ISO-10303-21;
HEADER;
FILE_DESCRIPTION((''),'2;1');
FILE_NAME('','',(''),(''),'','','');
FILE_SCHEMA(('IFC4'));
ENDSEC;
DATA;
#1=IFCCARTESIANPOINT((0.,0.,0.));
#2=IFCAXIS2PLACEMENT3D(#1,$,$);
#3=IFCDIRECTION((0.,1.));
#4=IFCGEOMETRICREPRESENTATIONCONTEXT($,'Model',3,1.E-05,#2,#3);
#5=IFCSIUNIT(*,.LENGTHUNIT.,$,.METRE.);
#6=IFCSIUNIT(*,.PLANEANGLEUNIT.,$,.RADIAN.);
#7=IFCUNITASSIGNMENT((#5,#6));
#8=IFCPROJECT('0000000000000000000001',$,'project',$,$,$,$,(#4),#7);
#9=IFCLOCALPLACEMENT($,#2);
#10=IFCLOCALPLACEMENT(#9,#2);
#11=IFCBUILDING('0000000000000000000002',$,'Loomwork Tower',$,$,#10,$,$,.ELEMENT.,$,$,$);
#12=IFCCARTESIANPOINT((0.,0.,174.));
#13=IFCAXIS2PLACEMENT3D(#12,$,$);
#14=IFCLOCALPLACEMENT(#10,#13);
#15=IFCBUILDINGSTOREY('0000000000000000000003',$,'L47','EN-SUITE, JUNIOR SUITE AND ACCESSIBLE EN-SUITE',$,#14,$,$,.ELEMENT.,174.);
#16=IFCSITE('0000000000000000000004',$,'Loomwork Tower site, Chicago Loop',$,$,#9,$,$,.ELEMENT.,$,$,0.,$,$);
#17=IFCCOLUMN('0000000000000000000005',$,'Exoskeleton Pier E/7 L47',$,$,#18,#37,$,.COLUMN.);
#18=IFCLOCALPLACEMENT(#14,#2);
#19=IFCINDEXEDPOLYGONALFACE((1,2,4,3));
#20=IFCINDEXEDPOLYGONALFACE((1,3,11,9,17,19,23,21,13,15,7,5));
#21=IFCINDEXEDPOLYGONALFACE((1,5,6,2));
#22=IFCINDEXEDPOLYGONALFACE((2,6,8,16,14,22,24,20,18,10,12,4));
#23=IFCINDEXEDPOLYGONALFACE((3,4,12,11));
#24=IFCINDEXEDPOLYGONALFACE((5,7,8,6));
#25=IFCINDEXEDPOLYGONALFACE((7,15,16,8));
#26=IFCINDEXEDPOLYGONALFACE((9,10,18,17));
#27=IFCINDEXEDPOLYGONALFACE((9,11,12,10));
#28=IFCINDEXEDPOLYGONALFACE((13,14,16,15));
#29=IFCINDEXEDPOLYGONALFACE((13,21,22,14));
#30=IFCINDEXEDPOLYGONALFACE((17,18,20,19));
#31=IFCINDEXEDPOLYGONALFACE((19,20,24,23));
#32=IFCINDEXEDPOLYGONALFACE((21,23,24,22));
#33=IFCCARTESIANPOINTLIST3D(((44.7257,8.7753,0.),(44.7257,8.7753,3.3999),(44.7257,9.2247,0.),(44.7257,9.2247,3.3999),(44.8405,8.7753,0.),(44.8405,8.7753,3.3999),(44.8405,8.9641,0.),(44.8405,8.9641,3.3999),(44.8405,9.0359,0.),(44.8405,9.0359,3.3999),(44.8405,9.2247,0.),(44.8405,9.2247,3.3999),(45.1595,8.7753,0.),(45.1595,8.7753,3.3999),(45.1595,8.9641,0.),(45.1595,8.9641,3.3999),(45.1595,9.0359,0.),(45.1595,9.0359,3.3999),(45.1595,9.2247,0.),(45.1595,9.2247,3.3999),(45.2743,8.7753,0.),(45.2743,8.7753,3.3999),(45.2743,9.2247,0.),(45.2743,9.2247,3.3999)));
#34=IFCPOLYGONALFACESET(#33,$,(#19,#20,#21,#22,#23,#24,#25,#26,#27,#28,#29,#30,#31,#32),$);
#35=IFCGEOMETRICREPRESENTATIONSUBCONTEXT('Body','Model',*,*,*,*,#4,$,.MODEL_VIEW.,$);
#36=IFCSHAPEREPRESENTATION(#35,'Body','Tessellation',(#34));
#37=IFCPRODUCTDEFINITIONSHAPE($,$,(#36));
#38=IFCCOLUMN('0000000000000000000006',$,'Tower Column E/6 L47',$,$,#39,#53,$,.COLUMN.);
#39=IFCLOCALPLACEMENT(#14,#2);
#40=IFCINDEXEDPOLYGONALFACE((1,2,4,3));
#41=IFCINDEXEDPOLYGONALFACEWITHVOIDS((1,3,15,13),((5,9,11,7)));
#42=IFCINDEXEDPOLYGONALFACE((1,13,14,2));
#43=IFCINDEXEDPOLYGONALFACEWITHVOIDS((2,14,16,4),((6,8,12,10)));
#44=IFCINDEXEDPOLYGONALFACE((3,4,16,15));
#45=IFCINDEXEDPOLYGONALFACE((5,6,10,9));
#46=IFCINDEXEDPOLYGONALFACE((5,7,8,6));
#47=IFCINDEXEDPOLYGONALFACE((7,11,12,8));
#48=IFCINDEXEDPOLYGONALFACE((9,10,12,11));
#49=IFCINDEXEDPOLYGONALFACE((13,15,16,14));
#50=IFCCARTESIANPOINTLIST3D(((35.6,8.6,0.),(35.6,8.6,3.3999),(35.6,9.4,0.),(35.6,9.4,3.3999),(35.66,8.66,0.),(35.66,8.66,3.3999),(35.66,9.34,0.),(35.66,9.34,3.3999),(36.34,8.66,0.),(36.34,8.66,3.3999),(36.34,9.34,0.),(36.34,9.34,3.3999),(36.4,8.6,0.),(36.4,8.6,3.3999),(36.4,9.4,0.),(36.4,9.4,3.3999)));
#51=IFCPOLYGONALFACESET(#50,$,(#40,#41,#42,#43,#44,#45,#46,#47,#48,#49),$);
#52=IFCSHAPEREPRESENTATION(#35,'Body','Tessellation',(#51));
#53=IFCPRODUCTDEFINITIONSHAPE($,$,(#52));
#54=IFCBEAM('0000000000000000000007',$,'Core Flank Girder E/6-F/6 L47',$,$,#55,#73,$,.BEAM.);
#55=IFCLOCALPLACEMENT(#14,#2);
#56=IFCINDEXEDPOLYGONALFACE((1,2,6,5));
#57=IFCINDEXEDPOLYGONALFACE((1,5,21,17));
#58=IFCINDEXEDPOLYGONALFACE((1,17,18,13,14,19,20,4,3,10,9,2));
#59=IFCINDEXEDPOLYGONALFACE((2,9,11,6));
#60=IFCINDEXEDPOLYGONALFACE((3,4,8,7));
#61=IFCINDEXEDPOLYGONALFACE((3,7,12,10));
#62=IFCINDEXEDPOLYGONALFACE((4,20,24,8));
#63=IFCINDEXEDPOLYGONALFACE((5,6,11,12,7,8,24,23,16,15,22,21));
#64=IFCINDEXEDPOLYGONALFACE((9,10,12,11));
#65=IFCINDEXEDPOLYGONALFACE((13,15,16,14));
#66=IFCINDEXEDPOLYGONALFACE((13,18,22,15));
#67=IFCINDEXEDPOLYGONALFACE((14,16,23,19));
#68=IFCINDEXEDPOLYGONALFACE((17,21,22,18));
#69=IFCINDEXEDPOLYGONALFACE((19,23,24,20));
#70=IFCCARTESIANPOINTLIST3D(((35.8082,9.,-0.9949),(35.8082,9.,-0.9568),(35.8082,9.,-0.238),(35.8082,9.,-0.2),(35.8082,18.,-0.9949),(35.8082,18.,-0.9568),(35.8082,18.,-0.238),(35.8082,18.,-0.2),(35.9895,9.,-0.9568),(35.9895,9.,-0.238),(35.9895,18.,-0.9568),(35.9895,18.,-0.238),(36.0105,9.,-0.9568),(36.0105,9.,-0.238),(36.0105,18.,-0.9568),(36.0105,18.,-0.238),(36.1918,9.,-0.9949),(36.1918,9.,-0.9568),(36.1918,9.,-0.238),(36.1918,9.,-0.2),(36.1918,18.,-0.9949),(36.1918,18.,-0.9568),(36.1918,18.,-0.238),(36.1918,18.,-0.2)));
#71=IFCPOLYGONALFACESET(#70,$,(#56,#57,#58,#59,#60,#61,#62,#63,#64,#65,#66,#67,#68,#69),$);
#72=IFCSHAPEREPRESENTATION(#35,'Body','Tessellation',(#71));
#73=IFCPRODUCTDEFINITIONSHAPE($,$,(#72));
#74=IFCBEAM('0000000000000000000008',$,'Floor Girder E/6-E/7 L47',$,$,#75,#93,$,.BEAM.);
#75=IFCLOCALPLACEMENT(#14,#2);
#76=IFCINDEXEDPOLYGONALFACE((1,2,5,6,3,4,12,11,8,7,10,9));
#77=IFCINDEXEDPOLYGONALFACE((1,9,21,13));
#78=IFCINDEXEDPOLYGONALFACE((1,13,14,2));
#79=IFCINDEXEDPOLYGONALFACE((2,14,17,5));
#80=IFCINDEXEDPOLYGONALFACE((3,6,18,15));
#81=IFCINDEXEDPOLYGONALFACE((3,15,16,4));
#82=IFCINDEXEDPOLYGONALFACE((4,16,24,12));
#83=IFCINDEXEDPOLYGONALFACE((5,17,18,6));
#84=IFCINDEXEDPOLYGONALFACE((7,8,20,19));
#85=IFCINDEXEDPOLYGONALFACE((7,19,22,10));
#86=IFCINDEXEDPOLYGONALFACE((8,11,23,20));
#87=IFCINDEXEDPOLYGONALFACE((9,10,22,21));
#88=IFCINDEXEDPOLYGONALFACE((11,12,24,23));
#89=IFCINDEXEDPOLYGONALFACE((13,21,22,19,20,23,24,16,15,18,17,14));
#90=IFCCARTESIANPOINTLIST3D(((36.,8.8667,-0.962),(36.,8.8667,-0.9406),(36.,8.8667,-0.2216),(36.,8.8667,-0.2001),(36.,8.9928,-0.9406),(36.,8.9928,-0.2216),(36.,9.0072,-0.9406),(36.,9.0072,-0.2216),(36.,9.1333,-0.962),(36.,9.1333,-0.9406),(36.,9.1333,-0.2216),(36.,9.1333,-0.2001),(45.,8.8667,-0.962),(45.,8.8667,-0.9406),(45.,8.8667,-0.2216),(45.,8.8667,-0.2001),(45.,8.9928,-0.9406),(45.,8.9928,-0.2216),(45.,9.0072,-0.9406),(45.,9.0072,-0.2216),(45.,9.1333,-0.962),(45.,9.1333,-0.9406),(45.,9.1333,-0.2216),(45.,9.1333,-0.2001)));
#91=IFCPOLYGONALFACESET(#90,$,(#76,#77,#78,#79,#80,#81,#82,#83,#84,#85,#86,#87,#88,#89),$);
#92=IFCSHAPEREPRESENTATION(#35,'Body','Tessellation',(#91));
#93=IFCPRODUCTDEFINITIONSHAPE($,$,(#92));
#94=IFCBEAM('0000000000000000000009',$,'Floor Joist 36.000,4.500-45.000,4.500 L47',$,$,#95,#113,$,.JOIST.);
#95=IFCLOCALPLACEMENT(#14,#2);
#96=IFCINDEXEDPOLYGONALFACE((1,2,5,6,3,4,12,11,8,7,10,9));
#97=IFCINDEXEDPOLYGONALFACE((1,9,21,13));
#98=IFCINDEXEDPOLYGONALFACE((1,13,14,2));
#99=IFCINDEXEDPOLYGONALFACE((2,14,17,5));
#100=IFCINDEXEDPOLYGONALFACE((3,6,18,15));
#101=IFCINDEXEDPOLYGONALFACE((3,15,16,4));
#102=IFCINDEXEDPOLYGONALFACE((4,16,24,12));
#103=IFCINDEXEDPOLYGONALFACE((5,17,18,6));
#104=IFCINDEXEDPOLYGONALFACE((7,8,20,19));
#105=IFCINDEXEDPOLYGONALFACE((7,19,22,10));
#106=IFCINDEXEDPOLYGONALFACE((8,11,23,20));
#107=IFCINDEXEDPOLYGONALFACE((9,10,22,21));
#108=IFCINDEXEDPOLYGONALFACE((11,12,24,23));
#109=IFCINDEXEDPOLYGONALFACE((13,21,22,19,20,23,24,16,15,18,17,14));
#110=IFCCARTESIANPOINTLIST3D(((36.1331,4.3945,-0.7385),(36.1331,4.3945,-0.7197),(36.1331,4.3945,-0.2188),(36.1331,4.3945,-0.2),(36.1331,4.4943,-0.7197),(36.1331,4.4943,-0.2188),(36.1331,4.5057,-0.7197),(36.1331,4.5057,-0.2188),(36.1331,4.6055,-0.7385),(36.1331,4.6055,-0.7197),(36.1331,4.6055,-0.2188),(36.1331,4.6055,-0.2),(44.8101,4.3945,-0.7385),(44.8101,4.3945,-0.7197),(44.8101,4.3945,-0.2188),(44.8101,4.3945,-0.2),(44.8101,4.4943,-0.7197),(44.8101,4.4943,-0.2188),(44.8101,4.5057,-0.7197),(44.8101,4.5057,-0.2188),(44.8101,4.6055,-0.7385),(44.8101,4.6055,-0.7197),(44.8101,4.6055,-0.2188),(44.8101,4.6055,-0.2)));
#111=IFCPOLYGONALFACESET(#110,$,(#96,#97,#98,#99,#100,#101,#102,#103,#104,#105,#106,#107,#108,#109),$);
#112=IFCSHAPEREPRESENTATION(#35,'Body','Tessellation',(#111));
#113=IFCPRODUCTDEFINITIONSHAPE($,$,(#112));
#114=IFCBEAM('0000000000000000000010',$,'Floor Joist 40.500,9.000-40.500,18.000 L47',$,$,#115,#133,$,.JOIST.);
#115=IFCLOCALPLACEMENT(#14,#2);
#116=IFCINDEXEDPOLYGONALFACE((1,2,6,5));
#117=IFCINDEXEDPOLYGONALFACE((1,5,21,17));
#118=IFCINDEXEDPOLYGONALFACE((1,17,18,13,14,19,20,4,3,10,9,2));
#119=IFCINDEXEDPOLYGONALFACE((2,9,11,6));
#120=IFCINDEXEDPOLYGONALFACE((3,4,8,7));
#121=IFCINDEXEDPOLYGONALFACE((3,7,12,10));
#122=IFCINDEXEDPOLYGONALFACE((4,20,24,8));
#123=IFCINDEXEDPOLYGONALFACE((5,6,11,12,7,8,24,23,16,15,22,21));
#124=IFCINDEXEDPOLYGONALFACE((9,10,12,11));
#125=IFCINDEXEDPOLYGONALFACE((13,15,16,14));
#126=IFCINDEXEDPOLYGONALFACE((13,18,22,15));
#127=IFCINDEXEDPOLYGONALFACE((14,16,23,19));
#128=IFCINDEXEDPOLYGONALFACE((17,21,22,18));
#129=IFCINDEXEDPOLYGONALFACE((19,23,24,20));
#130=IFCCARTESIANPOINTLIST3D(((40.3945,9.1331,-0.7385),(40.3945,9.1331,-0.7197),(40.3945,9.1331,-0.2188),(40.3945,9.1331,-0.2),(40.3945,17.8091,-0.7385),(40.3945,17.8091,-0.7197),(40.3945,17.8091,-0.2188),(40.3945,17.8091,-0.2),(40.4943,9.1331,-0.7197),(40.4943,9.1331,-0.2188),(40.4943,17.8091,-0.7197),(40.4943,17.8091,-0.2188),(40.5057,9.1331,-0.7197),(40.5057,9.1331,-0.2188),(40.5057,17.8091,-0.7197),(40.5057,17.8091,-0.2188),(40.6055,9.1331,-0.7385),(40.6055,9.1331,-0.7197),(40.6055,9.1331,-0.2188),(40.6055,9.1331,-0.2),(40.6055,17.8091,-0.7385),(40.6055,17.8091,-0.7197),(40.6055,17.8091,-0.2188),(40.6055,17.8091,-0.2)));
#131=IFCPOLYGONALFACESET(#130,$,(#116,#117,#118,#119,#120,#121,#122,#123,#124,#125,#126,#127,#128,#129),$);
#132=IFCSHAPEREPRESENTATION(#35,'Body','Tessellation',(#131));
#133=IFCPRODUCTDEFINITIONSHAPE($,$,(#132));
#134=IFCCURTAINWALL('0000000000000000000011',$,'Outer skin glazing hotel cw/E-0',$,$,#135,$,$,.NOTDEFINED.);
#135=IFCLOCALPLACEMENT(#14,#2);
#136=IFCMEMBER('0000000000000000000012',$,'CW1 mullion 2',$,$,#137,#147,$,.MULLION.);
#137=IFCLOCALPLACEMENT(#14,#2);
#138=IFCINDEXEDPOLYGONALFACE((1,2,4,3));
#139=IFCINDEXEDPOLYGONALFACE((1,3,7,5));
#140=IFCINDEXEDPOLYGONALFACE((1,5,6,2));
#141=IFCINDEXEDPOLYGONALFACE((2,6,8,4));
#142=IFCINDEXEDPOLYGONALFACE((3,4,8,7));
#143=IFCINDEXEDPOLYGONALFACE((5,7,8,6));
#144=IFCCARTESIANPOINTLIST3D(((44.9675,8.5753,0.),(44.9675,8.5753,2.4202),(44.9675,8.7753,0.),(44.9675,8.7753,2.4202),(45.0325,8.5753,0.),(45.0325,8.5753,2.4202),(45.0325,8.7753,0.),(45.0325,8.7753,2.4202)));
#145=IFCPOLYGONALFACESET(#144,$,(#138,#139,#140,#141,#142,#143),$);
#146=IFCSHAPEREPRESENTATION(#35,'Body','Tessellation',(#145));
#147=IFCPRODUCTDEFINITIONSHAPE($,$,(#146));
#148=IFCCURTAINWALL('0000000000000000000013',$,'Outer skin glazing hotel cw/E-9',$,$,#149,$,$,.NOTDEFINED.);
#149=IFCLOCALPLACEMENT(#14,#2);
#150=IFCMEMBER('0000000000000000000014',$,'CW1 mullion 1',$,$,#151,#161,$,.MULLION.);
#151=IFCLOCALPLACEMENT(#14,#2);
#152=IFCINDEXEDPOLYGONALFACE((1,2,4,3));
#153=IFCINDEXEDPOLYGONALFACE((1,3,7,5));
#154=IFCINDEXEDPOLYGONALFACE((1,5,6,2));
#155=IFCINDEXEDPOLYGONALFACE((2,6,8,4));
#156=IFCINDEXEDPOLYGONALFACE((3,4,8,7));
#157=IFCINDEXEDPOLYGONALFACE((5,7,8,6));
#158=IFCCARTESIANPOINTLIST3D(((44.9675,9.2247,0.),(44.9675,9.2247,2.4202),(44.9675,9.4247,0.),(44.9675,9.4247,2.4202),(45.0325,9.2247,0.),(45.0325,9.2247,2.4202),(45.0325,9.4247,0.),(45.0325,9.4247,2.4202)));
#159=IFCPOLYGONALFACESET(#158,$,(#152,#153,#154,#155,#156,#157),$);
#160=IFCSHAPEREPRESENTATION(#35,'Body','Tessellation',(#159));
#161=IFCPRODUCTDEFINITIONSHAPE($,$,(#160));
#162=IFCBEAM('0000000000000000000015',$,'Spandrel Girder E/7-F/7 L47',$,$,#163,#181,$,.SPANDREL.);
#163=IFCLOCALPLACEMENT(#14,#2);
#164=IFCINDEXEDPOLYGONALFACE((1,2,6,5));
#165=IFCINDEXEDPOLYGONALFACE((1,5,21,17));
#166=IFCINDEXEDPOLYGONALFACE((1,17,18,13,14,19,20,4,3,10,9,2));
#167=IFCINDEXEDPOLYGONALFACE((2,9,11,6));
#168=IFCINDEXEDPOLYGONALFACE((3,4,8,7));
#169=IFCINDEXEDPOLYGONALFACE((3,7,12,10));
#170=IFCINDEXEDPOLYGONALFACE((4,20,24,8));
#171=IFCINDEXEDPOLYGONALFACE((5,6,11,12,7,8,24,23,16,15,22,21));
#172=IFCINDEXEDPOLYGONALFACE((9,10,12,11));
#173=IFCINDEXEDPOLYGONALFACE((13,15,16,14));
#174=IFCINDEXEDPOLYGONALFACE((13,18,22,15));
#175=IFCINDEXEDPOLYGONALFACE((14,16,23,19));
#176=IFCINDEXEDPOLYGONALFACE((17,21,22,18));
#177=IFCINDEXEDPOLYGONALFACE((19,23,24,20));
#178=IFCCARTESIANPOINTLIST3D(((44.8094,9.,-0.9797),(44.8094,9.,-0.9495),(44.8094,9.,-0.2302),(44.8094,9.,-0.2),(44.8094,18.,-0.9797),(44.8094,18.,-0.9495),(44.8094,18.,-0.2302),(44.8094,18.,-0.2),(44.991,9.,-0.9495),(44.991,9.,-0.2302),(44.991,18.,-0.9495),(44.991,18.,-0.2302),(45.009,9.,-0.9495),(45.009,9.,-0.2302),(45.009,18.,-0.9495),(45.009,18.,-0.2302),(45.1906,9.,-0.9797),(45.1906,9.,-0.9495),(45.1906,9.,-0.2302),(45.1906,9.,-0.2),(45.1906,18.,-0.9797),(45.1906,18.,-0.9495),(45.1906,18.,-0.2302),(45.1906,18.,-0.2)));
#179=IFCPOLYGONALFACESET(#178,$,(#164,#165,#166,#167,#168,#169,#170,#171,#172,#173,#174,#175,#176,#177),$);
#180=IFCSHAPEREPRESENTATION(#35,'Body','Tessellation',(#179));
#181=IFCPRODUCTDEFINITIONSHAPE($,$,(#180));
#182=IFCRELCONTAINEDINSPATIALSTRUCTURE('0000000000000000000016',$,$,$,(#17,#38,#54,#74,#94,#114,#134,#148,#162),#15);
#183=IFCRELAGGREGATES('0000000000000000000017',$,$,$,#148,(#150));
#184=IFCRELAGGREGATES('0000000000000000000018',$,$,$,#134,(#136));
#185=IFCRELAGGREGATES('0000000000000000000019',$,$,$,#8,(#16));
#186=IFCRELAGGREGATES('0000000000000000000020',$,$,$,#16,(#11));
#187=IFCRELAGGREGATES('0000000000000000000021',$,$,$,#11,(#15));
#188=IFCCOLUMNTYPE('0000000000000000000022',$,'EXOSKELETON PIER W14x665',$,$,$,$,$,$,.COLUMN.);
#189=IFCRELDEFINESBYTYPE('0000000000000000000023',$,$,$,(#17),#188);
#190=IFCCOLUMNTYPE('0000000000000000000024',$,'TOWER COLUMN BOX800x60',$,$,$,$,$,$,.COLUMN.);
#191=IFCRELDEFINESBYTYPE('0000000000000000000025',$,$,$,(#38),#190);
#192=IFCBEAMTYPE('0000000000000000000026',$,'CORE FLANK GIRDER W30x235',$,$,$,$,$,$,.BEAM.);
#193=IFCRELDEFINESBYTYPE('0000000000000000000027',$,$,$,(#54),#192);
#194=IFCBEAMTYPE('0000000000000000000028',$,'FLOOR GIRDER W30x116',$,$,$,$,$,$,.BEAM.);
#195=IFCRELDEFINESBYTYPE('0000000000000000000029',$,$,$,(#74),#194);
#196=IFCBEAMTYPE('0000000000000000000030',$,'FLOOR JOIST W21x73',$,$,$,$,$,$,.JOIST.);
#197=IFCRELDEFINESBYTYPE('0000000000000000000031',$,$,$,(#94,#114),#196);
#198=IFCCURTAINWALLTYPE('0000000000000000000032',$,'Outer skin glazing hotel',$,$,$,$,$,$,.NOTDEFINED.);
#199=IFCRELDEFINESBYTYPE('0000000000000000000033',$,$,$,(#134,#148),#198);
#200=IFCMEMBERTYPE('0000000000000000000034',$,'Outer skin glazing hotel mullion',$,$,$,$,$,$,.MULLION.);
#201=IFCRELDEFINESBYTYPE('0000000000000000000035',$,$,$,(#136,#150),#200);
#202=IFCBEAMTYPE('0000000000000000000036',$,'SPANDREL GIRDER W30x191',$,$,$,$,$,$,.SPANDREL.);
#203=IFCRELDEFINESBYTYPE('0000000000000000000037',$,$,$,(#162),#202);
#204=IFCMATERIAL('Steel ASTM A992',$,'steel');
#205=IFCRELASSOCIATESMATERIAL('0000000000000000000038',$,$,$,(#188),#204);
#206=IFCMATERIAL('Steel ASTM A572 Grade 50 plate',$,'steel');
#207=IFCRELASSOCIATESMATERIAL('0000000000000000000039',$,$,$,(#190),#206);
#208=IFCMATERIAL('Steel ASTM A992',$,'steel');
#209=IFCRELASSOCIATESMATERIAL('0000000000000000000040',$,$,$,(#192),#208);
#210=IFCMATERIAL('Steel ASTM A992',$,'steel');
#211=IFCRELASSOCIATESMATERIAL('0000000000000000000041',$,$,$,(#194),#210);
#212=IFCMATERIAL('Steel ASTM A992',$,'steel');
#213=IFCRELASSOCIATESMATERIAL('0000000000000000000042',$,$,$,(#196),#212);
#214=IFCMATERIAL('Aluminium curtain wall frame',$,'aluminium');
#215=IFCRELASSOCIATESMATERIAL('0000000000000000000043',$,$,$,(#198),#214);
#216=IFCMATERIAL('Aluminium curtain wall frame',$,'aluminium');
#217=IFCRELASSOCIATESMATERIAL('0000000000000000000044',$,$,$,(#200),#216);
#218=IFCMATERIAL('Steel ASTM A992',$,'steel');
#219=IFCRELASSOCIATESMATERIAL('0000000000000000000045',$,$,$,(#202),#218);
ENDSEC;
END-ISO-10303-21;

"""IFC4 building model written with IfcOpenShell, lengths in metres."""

from ifc_helpers import new_model, si_unit, direction, frame, origin, origin_2d, place, context, subcontext, project, spatial, rectangle, hollow_rectangle, i_section, extrude, material, material_profile, profile_set, type_object, element, aggregate, save


model = new_model("IFC4")

# Units and contexts
model_context = context("Model", 3, precision=1e-05, world=origin(), true_north=direction((0.0, 1.0)))
body_context = subcontext(model_context, "Body", "Model", "MODEL_VIEW")
ifc_project = project(units=[si_unit("LENGTHUNIT", "METRE"), si_unit("PLANEANGLEUNIT", "RADIAN")], contexts=[model_context])

# Site, building, storey
site_placement = place(None, origin())
site = spatial("IfcSite", under=ifc_project, at=site_placement, Name="Loomwork Tower site, Chicago Loop", CompositionType="ELEMENT", RefElevation=0.0)
building_placement = place(site_placement, origin())
building = spatial("IfcBuilding", under=site, at=building_placement, Name="Loomwork Tower", CompositionType="ELEMENT")
storey_placement = place(building_placement, frame((0.0, 0.0, 174.0)))
storey = spatial("IfcBuildingStorey", under=building, at=storey_placement, Name="L47", Description="EN-SUITE, JUNIOR SUITE AND ACCESSIBLE EN-SUITE", CompositionType="ELEMENT", Elevation=174.0)

# Columns
ifc_material_1 = material(Name="Steel ASTM A992", Category="steel")
ifc_material_profile_1 = material_profile(ifc_material_1, i_section(OverallWidth=0.4495, OverallDepth=0.5486, WebThickness=0.0718, FlangeThickness=0.1147, at=origin_2d()), Name="W14x665")
ifc_profile_set_1 = profile_set([ifc_material_profile_1], Name="Steel ASTM A992")
column_type_1 = type_object("IfcColumnType", Name="EXOSKELETON PIER W14x665", PredefinedType="COLUMN", material=ifc_profile_set_1)
column_1_placement = place(storey_placement, frame((45.0, 9.0, 0.0), z_axis=(0.0, 0.0, 1.0), x_axis=(0.0, 1.0, 0.0)))
element("IfcColumn", 1, at=column_1_placement, inside=storey, type_object=column_type_1, Name="Exoskeleton Pier E/7 L47", PredefinedType="COLUMN", context=body_context, shape_type="SweptSolid", body=[
    extrude(i_section(OverallWidth=0.4495, OverallDepth=0.5486, WebThickness=0.0718, FlangeThickness=0.1147, at=origin_2d()), origin(), (0.0, 0.0, 1.0), 3.3999),
])
ifc_material_2 = material(Name="Steel ASTM A572 Grade 50 plate", Category="steel")
ifc_material_profile_2 = material_profile(ifc_material_2, hollow_rectangle(XDim=0.8, YDim=0.8, WallThickness=0.0601, at=origin_2d()), Name="BOX800x60")
ifc_profile_set_2 = profile_set([ifc_material_profile_2], Name="Steel ASTM A572 Grade 50 plate")
column_type_2 = type_object("IfcColumnType", Name="TOWER COLUMN BOX800x60", PredefinedType="COLUMN", material=ifc_profile_set_2)
column_2_placement = place(storey_placement, frame((36.0, 9.0, 0.0), z_axis=(0.0, 0.0, 1.0), x_axis=(0.0, 1.0, 0.0)))
element("IfcColumn", 2, at=column_2_placement, inside=storey, type_object=column_type_2, Name="Tower Column E/6 L47", PredefinedType="COLUMN", context=body_context, shape_type="SweptSolid", body=[
    extrude(hollow_rectangle(XDim=0.8, YDim=0.8, WallThickness=0.0601, at=origin_2d()), origin(), (0.0, 0.0, 1.0), 3.3999),
])

# Beams
ifc_material_3 = material(Name="Steel ASTM A992", Category="steel")
ifc_material_profile_3 = material_profile(ifc_material_3, i_section(OverallWidth=0.3835, OverallDepth=0.7949, WebThickness=0.021, FlangeThickness=0.0381, at=origin_2d()), Name="W30x235")
ifc_profile_set_3 = profile_set([ifc_material_profile_3], Name="Steel ASTM A992")
beam_type_1 = type_object("IfcBeamType", Name="CORE FLANK GIRDER W30x235", PredefinedType="BEAM", material=ifc_profile_set_3)
beam_1_placement = place(storey_placement, frame((36.0, 9.0, -0.5974), z_axis=(0.0, 1.0, 0.0), x_axis=(-1.0, 0.0, 0.0)))
element("IfcBeam", 3, at=beam_1_placement, inside=storey, type_object=beam_type_1, Name="Core Flank Girder E/6-F/6 L47", PredefinedType="BEAM", context=body_context, shape_type="SweptSolid", body=[
    extrude(i_section(OverallWidth=0.3835, OverallDepth=0.7949, WebThickness=0.021, FlangeThickness=0.0381, at=origin_2d()), origin(), (0.0, 0.0, 1.0), 9.0),
])
ifc_material_4 = material(Name="Steel ASTM A992", Category="steel")
ifc_material_profile_4 = material_profile(ifc_material_4, i_section(OverallWidth=0.2666, OverallDepth=0.762, WebThickness=0.0144, FlangeThickness=0.0215, at=origin_2d()), Name="W30x116")
ifc_profile_set_4 = profile_set([ifc_material_profile_4], Name="Steel ASTM A992")
beam_type_2 = type_object("IfcBeamType", Name="FLOOR GIRDER W30x116", PredefinedType="BEAM", material=ifc_profile_set_4)
beam_2_placement = place(storey_placement, frame((36.0, 9.0, -0.5811), z_axis=(1.0, 0.0, 0.0), x_axis=(0.0, 1.0, 0.0)))
element("IfcBeam", 4, at=beam_2_placement, inside=storey, type_object=beam_type_2, Name="Floor Girder E/6-E/7 L47", PredefinedType="BEAM", context=body_context, shape_type="SweptSolid", body=[
    extrude(i_section(OverallWidth=0.2666, OverallDepth=0.762, WebThickness=0.0144, FlangeThickness=0.0215, at=origin_2d()), origin(), (0.0, 0.0, 1.0), 9.0),
])
ifc_material_5 = material(Name="Steel ASTM A992", Category="steel")
ifc_material_profile_5 = material_profile(ifc_material_5, i_section(OverallWidth=0.2109, OverallDepth=0.5386, WebThickness=0.0115, FlangeThickness=0.0188, at=origin_2d()), Name="W21x73")
ifc_profile_set_5 = profile_set([ifc_material_profile_5], Name="Steel ASTM A992")
beam_type_3 = type_object("IfcBeamType", Name="FLOOR JOIST W21x73", PredefinedType="JOIST", material=ifc_profile_set_5)
beam_3_placement = place(storey_placement, frame((36.1331, 4.5, -0.4692), z_axis=(1.0, 0.0, 0.0), x_axis=(0.0, 1.0, 0.0)))
element("IfcBeam", 5, at=beam_3_placement, inside=storey, type_object=beam_type_3, Name="Floor Joist 36.000,4.500-45.000,4.500 L47", PredefinedType="JOIST", context=body_context, shape_type="SweptSolid", body=[
    extrude(i_section(OverallWidth=0.2109, OverallDepth=0.5386, WebThickness=0.0115, FlangeThickness=0.0188, at=origin_2d()), origin(), (0.0, 0.0, 1.0), 8.677),
])
beam_4_placement = place(storey_placement, frame((40.5, 9.1331, -0.4692), z_axis=(0.0, 1.0, 0.0), x_axis=(-1.0, 0.0, 0.0)))
element("IfcBeam", 6, at=beam_4_placement, inside=storey, type_object=beam_type_3, Name="Floor Joist 40.500,9.000-40.500,18.000 L47", PredefinedType="JOIST", context=body_context, shape_type="SweptSolid", body=[
    extrude(i_section(OverallWidth=0.2109, OverallDepth=0.5386, WebThickness=0.0115, FlangeThickness=0.0188, at=origin_2d()), origin(), (0.0, 0.0, 1.0), 8.676),
])

# Curtain walls, members
ifc_material_6 = material(Name="Aluminium curtain wall frame", Category="aluminium")
curtain_wall_type = type_object("IfcCurtainWallType", Name="Outer skin glazing hotel", PredefinedType="NOTDEFINED", material=ifc_material_6)
curtain_wall_1_placement = place(storey_placement, origin())
curtain_wall_1 = element("IfcCurtainWall", 7, at=curtain_wall_1_placement, inside=storey, type_object=curtain_wall_type, Name="Outer skin glazing hotel cw/E-0", PredefinedType="NOTDEFINED")
ifc_material_7 = material(Name="Aluminium curtain wall frame", Category="aluminium")
ifc_material_profile_6 = material_profile(ifc_material_7, rectangle(XDim=0.0649, YDim=0.2, at=origin_2d()), Name="AL 65x200")
ifc_profile_set_6 = profile_set([ifc_material_profile_6], Name="Aluminium curtain wall frame")
member_type = type_object("IfcMemberType", Name="Outer skin glazing hotel mullion", PredefinedType="MULLION", material=ifc_profile_set_6)
member_1_placement = place(storey_placement, frame((45.0, 8.6753, 0.0), z_axis=(0.0, 0.0, 1.0), x_axis=(-1.0, 0.0, 0.0)))
member_1 = element("IfcMember", 8, at=member_1_placement, type_object=member_type, Name="CW1 mullion 2", PredefinedType="MULLION", context=body_context, shape_type="SweptSolid", body=[
    extrude(rectangle(XDim=0.0649, YDim=0.2, at=origin_2d()), origin(), (0.0, 0.0, 1.0), 2.4202),
])
curtain_wall_2_placement = place(storey_placement, origin())
curtain_wall_2 = element("IfcCurtainWall", 9, at=curtain_wall_2_placement, inside=storey, type_object=curtain_wall_type, Name="Outer skin glazing hotel cw/E-9", PredefinedType="NOTDEFINED")
member_2_placement = place(storey_placement, frame((45.0, 9.3247, 0.0), z_axis=(0.0, 0.0, 1.0), x_axis=(-1.0, 0.0, 0.0)))
member_2 = element("IfcMember", 10, at=member_2_placement, type_object=member_type, Name="CW1 mullion 1", PredefinedType="MULLION", context=body_context, shape_type="SweptSolid", body=[
    extrude(rectangle(XDim=0.0649, YDim=0.2, at=origin_2d()), origin(), (0.0, 0.0, 1.0), 2.4202),
])
aggregate(curtain_wall_2, [member_2])

# Beam
ifc_material_8 = material(Name="Steel ASTM A992", Category="steel")
ifc_material_profile_7 = material_profile(ifc_material_8, i_section(OverallWidth=0.3811, OverallDepth=0.7798, WebThickness=0.0181, FlangeThickness=0.0303, at=origin_2d()), Name="W30x191")
ifc_profile_set_7 = profile_set([ifc_material_profile_7], Name="Steel ASTM A992")
beam_type_4 = type_object("IfcBeamType", Name="SPANDREL GIRDER W30x191", PredefinedType="SPANDREL", material=ifc_profile_set_7)
beam_5_placement = place(storey_placement, frame((45.0, 9.0, -0.5898), z_axis=(0.0, 1.0, 0.0), x_axis=(-1.0, 0.0, 0.0)))
element("IfcBeam", 11, at=beam_5_placement, inside=storey, type_object=beam_type_4, Name="Spandrel Girder E/7-F/7 L47", PredefinedType="SPANDREL", context=body_context, shape_type="SweptSolid", body=[
    extrude(i_section(OverallWidth=0.3811, OverallDepth=0.7798, WebThickness=0.0181, FlangeThickness=0.0303, at=origin_2d()), origin(), (0.0, 0.0, 1.0), 9.0),
])

aggregate(curtain_wall_1, [member_1])

save(model, "model.ifc")
